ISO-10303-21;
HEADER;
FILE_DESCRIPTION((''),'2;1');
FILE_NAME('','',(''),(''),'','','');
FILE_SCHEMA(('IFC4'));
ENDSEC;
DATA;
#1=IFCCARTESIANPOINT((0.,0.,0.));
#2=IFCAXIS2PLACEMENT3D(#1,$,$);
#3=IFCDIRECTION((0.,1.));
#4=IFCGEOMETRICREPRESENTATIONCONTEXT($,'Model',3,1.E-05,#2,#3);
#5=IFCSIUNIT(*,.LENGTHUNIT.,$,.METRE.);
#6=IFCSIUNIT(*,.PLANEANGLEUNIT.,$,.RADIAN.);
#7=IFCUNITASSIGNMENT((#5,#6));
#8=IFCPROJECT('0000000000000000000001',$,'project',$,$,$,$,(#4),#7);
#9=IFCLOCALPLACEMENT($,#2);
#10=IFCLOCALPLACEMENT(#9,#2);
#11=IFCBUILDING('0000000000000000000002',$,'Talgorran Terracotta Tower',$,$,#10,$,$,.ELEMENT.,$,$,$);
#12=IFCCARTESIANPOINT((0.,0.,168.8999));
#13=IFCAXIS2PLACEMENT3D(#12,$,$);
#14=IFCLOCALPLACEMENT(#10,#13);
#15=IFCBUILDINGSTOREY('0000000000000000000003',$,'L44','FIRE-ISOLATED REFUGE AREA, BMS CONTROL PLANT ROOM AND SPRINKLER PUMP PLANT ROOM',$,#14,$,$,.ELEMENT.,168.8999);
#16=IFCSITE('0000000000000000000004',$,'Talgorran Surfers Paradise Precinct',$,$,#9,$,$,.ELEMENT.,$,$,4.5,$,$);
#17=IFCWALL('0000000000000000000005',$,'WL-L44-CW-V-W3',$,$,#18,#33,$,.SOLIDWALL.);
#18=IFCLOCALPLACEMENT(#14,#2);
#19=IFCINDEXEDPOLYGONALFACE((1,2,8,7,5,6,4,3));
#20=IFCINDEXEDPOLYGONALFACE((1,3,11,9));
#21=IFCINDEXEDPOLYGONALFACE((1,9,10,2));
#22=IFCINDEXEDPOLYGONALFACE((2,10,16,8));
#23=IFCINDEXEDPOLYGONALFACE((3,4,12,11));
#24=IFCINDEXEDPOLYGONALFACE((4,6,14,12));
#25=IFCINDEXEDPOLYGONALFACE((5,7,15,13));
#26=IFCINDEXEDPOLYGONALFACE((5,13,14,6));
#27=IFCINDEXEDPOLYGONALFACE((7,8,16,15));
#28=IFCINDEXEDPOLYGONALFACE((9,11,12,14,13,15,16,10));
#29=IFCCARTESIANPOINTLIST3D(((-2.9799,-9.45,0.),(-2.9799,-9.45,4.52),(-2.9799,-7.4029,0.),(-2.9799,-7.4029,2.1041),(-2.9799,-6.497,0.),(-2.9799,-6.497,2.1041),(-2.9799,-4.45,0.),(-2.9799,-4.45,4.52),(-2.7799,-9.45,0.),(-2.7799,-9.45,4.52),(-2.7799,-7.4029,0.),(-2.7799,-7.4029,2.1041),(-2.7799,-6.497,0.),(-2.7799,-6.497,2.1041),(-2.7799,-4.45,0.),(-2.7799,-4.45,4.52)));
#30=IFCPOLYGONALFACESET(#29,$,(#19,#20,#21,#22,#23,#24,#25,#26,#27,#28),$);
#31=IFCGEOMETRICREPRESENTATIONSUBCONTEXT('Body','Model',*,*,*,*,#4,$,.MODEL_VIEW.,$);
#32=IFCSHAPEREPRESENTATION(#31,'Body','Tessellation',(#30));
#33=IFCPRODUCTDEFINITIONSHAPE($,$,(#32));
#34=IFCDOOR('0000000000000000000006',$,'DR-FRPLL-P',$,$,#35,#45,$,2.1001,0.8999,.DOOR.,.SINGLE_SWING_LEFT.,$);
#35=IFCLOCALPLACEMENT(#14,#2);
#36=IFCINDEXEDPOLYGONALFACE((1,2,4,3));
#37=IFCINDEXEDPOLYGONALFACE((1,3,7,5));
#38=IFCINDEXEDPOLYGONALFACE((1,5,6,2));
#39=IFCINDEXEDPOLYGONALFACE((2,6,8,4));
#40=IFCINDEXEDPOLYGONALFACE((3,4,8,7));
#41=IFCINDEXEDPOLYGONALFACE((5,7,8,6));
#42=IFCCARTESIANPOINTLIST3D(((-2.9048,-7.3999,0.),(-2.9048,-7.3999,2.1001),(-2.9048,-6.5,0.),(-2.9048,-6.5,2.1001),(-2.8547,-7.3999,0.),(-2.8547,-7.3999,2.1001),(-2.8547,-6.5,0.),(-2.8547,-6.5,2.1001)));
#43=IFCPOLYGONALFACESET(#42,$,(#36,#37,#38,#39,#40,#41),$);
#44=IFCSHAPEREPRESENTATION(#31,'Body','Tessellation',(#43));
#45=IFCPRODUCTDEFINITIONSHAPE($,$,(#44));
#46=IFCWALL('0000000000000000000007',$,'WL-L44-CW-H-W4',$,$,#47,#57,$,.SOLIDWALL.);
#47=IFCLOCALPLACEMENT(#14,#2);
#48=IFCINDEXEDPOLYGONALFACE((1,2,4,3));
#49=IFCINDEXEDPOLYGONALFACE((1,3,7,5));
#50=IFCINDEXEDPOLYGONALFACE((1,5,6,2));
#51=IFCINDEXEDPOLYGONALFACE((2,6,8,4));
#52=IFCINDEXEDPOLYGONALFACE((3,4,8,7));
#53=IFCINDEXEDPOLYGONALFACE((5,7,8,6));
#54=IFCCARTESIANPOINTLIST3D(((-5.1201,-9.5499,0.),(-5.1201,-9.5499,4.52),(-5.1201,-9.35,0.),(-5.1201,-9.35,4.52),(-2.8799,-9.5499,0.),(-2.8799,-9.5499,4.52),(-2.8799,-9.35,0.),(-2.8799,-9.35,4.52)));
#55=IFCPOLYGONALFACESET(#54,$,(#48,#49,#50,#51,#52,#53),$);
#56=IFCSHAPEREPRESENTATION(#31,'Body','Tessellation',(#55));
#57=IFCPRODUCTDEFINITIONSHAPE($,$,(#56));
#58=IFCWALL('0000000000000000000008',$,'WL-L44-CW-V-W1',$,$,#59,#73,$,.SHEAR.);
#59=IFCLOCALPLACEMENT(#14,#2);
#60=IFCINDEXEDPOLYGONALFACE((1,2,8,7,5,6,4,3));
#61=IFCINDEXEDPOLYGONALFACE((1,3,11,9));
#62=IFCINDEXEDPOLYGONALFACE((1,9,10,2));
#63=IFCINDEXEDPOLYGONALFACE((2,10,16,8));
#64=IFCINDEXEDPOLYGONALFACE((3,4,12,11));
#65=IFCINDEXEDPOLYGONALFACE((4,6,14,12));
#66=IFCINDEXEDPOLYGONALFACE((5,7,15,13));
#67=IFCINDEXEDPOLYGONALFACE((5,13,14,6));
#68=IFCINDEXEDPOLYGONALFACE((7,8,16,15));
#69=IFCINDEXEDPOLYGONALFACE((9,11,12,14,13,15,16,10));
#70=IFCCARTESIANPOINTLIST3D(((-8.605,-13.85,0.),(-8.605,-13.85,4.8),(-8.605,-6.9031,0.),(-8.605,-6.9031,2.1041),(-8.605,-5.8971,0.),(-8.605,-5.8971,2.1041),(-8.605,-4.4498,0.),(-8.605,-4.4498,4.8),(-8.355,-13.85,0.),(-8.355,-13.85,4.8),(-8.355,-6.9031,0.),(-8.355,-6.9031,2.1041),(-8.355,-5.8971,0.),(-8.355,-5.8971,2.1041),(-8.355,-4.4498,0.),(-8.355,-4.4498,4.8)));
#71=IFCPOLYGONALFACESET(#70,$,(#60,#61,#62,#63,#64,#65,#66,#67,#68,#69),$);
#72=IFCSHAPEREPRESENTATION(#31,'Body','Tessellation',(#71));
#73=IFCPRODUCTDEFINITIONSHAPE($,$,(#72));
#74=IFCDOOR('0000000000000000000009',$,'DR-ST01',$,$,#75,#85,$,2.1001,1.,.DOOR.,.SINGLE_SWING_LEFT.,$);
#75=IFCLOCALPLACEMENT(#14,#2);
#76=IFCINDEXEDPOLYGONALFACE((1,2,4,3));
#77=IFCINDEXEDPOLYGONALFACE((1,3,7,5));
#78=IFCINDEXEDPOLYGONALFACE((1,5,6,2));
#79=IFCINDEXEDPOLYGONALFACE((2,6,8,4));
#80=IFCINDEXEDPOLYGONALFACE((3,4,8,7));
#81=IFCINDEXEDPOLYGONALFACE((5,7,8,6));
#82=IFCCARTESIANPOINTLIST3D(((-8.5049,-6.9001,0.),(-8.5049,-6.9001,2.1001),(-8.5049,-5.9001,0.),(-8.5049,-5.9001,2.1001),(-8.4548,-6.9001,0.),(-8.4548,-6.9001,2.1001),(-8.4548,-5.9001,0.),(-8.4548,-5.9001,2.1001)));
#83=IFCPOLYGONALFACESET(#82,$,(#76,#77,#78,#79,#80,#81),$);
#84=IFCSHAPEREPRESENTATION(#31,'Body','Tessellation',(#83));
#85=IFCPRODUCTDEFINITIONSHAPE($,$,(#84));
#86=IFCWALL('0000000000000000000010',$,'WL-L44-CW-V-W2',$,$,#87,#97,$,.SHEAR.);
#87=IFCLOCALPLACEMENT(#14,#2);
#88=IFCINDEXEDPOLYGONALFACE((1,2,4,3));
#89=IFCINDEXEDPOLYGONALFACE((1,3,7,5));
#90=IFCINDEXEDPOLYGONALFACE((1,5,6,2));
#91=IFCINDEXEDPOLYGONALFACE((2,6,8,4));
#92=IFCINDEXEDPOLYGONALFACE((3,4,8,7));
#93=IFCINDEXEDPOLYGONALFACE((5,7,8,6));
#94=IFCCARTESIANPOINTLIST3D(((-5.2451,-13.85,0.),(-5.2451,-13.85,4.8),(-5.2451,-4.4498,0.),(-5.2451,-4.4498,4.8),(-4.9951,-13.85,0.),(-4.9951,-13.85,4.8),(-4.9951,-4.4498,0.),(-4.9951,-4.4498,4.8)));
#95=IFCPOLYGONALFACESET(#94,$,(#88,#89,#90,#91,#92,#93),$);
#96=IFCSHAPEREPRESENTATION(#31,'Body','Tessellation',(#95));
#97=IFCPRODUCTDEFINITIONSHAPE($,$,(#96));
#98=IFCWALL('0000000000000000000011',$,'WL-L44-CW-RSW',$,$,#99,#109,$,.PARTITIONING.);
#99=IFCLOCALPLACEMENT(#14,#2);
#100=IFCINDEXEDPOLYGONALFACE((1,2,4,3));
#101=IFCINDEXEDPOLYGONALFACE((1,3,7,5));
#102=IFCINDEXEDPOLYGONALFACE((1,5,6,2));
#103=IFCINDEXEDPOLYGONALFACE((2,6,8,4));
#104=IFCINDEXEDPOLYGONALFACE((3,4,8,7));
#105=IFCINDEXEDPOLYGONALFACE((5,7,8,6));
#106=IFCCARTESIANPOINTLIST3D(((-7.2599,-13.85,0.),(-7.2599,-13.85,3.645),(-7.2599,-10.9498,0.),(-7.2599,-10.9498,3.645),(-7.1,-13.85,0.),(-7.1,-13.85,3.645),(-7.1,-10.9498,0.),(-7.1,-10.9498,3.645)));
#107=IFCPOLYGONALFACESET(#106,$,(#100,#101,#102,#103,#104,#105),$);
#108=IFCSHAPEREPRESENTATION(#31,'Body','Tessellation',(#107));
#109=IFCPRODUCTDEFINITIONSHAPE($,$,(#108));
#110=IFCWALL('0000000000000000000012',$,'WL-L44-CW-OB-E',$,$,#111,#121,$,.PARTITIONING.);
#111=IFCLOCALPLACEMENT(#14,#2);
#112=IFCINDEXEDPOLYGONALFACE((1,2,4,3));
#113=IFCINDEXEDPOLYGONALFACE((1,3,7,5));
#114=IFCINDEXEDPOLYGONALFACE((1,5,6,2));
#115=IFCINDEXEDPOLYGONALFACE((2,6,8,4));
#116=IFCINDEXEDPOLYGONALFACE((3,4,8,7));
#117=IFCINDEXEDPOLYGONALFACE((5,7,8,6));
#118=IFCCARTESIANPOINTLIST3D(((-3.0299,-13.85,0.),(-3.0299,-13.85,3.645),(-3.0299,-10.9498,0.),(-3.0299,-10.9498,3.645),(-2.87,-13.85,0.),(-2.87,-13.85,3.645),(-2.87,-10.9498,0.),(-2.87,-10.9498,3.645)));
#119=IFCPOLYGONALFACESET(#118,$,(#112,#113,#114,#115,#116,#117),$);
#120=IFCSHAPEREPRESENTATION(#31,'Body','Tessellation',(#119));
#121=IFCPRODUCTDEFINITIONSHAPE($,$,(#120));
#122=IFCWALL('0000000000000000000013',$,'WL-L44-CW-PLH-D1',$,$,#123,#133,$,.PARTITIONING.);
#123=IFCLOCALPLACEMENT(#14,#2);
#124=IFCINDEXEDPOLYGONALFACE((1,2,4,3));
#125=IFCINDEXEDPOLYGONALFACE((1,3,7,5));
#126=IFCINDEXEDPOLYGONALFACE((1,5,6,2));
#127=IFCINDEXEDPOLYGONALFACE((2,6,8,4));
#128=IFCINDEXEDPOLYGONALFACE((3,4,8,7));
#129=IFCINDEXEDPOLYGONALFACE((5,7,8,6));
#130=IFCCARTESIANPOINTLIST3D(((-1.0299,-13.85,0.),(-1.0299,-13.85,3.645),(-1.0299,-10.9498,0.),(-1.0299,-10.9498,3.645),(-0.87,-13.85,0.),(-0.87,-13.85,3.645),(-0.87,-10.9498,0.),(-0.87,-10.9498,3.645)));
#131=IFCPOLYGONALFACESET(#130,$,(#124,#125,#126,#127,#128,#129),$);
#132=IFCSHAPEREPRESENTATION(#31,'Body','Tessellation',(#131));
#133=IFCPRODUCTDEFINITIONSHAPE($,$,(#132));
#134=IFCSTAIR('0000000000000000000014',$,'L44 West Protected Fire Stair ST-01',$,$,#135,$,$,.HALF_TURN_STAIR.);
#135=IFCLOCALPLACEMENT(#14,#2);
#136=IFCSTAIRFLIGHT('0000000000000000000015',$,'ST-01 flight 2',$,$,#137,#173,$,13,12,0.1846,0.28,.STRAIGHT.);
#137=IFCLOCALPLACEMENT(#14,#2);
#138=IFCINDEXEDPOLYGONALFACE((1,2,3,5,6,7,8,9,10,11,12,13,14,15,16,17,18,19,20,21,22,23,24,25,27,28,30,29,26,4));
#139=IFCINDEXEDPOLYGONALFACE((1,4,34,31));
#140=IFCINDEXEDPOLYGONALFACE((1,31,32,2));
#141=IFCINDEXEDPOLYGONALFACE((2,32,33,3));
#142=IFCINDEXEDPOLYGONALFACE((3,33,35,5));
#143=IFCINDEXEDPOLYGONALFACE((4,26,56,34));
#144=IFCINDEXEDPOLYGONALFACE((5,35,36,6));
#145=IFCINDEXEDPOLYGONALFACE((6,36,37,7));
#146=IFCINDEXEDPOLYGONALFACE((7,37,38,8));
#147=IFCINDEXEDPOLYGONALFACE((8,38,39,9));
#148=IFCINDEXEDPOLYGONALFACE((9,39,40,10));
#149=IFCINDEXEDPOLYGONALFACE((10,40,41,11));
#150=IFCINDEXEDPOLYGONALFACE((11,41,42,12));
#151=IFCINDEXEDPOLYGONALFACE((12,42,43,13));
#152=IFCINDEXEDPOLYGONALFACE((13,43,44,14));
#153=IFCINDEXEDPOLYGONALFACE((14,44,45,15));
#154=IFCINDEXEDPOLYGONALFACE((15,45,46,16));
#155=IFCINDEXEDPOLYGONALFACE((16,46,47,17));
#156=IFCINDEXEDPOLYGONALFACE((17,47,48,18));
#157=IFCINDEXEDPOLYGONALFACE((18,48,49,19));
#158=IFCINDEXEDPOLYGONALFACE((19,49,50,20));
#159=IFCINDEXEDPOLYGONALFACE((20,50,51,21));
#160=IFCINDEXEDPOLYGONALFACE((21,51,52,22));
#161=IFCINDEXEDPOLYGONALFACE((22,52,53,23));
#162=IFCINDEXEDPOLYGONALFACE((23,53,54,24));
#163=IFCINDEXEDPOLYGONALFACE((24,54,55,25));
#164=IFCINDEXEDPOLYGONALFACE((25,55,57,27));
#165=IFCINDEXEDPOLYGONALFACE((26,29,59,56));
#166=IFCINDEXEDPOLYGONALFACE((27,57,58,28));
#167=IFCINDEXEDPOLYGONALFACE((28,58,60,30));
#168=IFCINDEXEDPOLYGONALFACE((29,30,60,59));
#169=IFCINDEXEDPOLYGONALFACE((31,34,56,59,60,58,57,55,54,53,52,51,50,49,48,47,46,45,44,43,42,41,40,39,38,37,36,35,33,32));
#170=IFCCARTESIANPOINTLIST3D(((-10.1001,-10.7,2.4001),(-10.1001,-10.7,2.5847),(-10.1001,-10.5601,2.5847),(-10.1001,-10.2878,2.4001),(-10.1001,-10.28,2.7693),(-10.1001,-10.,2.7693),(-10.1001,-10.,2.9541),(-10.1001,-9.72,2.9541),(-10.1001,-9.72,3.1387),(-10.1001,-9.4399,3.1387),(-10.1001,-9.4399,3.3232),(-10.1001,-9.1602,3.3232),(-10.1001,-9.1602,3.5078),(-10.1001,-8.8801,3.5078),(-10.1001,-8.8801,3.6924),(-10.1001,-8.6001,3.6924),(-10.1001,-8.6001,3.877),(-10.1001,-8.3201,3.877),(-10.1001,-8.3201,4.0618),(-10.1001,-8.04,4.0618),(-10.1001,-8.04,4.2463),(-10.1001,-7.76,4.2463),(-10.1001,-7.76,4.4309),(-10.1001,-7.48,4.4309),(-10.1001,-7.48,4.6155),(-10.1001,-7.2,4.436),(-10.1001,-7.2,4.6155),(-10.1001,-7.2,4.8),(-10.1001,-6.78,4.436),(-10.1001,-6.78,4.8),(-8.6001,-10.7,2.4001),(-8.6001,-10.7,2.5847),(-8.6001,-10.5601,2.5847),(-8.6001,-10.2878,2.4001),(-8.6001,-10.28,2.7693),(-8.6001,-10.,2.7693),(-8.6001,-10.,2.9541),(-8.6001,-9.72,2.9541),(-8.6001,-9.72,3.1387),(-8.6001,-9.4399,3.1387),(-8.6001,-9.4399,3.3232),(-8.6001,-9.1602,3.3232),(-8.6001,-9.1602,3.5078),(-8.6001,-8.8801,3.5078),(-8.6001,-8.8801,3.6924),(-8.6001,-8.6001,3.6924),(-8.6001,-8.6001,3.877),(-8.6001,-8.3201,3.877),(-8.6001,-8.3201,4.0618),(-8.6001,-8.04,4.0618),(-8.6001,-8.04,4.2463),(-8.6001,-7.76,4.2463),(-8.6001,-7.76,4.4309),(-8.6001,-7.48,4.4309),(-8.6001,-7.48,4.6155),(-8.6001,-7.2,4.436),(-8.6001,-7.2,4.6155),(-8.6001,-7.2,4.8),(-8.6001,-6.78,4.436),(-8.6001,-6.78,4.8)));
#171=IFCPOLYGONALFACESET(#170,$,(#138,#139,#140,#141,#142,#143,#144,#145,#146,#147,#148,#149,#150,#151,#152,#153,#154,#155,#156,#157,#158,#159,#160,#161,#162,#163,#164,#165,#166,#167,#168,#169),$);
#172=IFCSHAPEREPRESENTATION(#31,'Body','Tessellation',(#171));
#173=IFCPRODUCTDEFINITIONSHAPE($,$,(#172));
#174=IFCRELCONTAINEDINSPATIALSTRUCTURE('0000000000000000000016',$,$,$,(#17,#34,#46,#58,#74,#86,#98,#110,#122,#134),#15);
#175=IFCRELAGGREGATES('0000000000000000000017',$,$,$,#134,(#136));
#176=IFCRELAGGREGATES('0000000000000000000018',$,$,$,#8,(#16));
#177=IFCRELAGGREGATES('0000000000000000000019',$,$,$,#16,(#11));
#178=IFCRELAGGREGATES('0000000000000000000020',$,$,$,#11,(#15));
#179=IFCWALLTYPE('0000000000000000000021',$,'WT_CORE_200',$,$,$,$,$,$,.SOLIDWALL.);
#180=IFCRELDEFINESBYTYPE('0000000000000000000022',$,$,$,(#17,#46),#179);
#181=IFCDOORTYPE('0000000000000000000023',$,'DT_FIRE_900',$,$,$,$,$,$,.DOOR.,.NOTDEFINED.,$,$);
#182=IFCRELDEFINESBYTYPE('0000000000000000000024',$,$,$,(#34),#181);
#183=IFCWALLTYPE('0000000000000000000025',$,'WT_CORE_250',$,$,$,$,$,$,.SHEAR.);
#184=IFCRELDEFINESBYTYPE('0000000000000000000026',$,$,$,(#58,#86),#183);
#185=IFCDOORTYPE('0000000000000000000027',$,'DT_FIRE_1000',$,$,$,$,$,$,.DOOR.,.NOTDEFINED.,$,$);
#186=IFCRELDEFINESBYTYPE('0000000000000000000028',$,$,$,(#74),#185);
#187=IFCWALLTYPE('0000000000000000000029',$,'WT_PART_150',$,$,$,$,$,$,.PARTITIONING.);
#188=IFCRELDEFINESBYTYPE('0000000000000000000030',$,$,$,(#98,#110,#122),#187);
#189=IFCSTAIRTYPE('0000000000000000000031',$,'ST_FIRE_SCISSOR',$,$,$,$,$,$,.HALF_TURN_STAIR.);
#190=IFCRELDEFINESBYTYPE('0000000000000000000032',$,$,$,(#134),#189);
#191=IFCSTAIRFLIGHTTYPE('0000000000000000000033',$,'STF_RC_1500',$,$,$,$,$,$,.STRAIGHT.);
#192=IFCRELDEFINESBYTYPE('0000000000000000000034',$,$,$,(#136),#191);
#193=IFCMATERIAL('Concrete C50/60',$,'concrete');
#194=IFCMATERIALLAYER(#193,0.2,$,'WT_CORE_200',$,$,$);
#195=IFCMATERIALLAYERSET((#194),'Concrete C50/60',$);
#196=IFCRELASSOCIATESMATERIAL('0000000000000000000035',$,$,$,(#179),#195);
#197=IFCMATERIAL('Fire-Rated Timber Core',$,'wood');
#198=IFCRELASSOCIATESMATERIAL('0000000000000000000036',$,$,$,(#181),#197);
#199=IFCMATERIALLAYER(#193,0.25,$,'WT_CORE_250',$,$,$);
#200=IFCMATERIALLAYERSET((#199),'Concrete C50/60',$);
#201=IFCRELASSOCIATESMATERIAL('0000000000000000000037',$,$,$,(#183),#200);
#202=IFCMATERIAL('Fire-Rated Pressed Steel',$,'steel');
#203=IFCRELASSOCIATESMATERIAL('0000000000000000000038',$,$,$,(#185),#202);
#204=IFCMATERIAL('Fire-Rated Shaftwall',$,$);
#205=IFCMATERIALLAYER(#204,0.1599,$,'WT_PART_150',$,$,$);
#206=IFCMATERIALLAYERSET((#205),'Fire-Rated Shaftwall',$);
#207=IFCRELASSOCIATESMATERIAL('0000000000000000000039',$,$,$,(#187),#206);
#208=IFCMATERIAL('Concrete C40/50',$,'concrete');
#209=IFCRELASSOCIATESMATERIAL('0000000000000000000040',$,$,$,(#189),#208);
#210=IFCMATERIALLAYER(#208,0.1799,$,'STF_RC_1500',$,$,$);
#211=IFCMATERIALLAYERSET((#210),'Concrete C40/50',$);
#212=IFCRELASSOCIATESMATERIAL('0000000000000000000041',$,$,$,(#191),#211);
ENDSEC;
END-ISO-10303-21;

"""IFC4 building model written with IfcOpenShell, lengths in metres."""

from ifc_helpers import new_model, si_unit, direction, frame, frame_2d, origin, place, context, subcontext, project, spatial, polyline, rectangle, outline, extrude, material, layer, layer_set, type_object, element, fill, aggregate, save


model = new_model("IFC4")

# Units and contexts
model_context = context("Model", 3, precision=1e-05, world=origin(), true_north=direction((0.0, 1.0)))
body_context = subcontext(model_context, "Body", "Model", "MODEL_VIEW")
ifc_project = project(units=[si_unit("LENGTHUNIT", "METRE"), si_unit("PLANEANGLEUNIT", "RADIAN")], contexts=[model_context])

# Site, building, storey
site_placement = place(None, origin())
site = spatial("IfcSite", under=ifc_project, at=site_placement, Name="Talgorran Surfers Paradise Precinct", CompositionType="ELEMENT", RefElevation=4.5)
building_placement = place(site_placement, origin())
building = spatial("IfcBuilding", under=site, at=building_placement, Name="Talgorran Terracotta Tower", CompositionType="ELEMENT")
storey_placement = place(building_placement, frame((0.0, 0.0, 168.8999)))
storey = spatial("IfcBuildingStorey", under=building, at=storey_placement, Name="L44", Description="FIRE-ISOLATED REFUGE AREA, BMS CONTROL PLANT ROOM AND SPRINKLER PUMP PLANT ROOM", CompositionType="ELEMENT", Elevation=168.8999)

# Shared definitions
ifc_material_1 = material(Name="Concrete C50/60", Category="concrete")

# Shared definitions
ifc_layer_1 = layer(ifc_material_1, 0.2, Name="WT_CORE_200")
ifc_layer_set_1 = layer_set([ifc_layer_1], Name="Concrete C50/60")
wall_type_1 = type_object("IfcWallType", Name="WT_CORE_200", PredefinedType="SOLIDWALL", material=ifc_layer_set_1)
ifc_material_2 = material(Name="Fire-Rated Pressed Steel", Category="steel")

# Wall, opening, door
wall_1_placement = place(storey_placement, frame((-2.8799, -9.45, 0.0), z_axis=(0.0, 0.0, 1.0), x_axis=(0.0, 1.0, 0.0)))
wall_1 = element("IfcWall", 1, at=wall_1_placement, inside=storey, type_object=wall_type_1, Name="WL-L44-CW-V-W3", PredefinedType="SOLIDWALL", context=body_context, shape_type="SweptSolid", body=[
    extrude(rectangle(XDim=5.0, YDim=0.2, at=frame_2d((2.5, 0.0))), origin(), (0.0, 0.0, 1.0), 4.52),
])
opening_1_placement = place(wall_1_placement, frame((2.05, 0.0, 0.0)))
opening_1 = element("IfcOpeningElement", 2, at=opening_1_placement, cuts=wall_1, PredefinedType="OPENING", context=body_context, shape_type="SweptSolid", body=[
    extrude(rectangle(XDim=0.9059, YDim=2.1041, at=frame_2d((0.45, 1.052))), frame((0.0, 0.1099, 0.0), z_axis=(0.0, -1.0, 0.0), x_axis=(1.0, 0.0, 0.0)), (0.0, 0.0, 1.0), 0.22),
])
ifc_material_3 = material(Name="Fire-Rated Timber Core", Category="wood")
door_type_1 = type_object("IfcDoorType", Name="DT_FIRE_900", OperationType="NOTDEFINED", PredefinedType="DOOR", material=ifc_material_3)
door_1_placement = place(opening_1_placement, origin())
door_1 = element("IfcDoor", 3, at=door_1_placement, inside=storey, type_object=door_type_1, Name="DR-FRPLL-P", OperationType="SINGLE_SWING_LEFT", OverallHeight=2.1001, OverallWidth=0.8999, PredefinedType="DOOR", context=body_context, shape_type="SweptSolid", body=[
    extrude(rectangle(XDim=0.8999, YDim=2.1001, at=frame_2d((0.45, 1.05))), frame((0.0, 0.0249, 0.0), z_axis=(0.0, -1.0, 0.0), x_axis=(1.0, 0.0, 0.0)), (0.0, 0.0, 1.0), 0.05),
])
fill(opening_1, door_1)

# Wall
wall_2_placement = place(storey_placement, frame((-5.1201, -9.45, 0.0), z_axis=(0.0, 0.0, 1.0), x_axis=(1.0, 0.0, 0.0)))
element("IfcWall", 4, at=wall_2_placement, inside=storey, type_object=wall_type_1, Name="WL-L44-CW-H-W4", PredefinedType="SOLIDWALL", context=body_context, shape_type="SweptSolid", body=[
    extrude(rectangle(XDim=2.2402, YDim=0.2, at=frame_2d((1.1201, 0.0))), origin(), (0.0, 0.0, 1.0), 4.52),
])

# Wall, opening, door
ifc_layer_2 = layer(ifc_material_1, 0.25, Name="WT_CORE_250")
ifc_layer_set_2 = layer_set([ifc_layer_2], Name="Concrete C50/60")
wall_type_2 = type_object("IfcWallType", Name="WT_CORE_250", PredefinedType="SHEAR", material=ifc_layer_set_2)
wall_3_placement = place(storey_placement, frame((-8.48, -13.8501, 0.0), z_axis=(0.0, 0.0, 1.0), x_axis=(0.0, 1.0, 0.0)))
wall_3 = element("IfcWall", 5, at=wall_3_placement, inside=storey, type_object=wall_type_2, Name="WL-L44-CW-V-W1", PredefinedType="SHEAR", context=body_context, shape_type="SweptSolid", body=[
    extrude(rectangle(XDim=9.4001, YDim=0.25, at=frame_2d((4.7002, 0.0))), origin(), (0.0, 0.0, 1.0), 4.8),
])
opening_2_placement = place(wall_3_placement, frame((6.95, 0.0, 0.0)))
opening_2 = element("IfcOpeningElement", 6, at=opening_2_placement, cuts=wall_3, PredefinedType="OPENING", context=body_context, shape_type="SweptSolid", body=[
    extrude(rectangle(XDim=1.006, YDim=2.1041, at=frame_2d((0.5, 1.052))), frame((0.0, 0.135, 0.0), z_axis=(0.0, -1.0, 0.0), x_axis=(1.0, 0.0, 0.0)), (0.0, 0.0, 1.0), 0.27),
])
door_type_2 = type_object("IfcDoorType", Name="DT_FIRE_1000", OperationType="NOTDEFINED", PredefinedType="DOOR", material=ifc_material_2)
door_2_placement = place(opening_2_placement, origin())
door_2 = element("IfcDoor", 7, at=door_2_placement, inside=storey, type_object=door_type_2, Name="DR-ST01", OperationType="SINGLE_SWING_LEFT", OverallHeight=2.1001, OverallWidth=1.0, PredefinedType="DOOR", context=body_context, shape_type="SweptSolid", body=[
    extrude(rectangle(XDim=1.0, YDim=2.1001, at=frame_2d((0.5, 1.05))), frame((0.0, 0.0249, 0.0), z_axis=(0.0, -1.0, 0.0), x_axis=(1.0, 0.0, 0.0)), (0.0, 0.0, 1.0), 0.05),
])
fill(opening_2, door_2)

# Walls
wall_4_placement = place(storey_placement, frame((-5.1201, -13.8501, 0.0), z_axis=(0.0, 0.0, 1.0), x_axis=(0.0, 1.0, 0.0)))
element("IfcWall", 8, at=wall_4_placement, inside=storey, type_object=wall_type_2, Name="WL-L44-CW-V-W2", PredefinedType="SHEAR", context=body_context, shape_type="SweptSolid", body=[
    extrude(rectangle(XDim=9.4001, YDim=0.25, at=frame_2d((4.7002, 0.0))), origin(), (0.0, 0.0, 1.0), 4.8),
])
ifc_material_4 = material(Name="Fire-Rated Shaftwall")
ifc_layer_3 = layer(ifc_material_4, 0.1599, Name="WT_PART_150")
ifc_layer_set_3 = layer_set([ifc_layer_3], Name="Fire-Rated Shaftwall")
wall_type_3 = type_object("IfcWallType", Name="WT_PART_150", PredefinedType="PARTITIONING", material=ifc_layer_set_3)
for number, where, z_axis, x_axis, name in (
    (9, (-7.1799, -13.8501, 0.0), (0.0, 0.0, 1.0), (0.0, 1.0, 0.0), "WL-L44-CW-RSW"),
    (10, (-2.95, -13.8501, 0.0), (0.0, 0.0, 1.0), (0.0, 1.0, 0.0), "WL-L44-CW-OB-E"),
    (11, (-0.95, -13.8501, 0.0), (0.0, 0.0, 1.0), (0.0, 1.0, 0.0), "WL-L44-CW-PLH-D1"),
):
    element("IfcWall", number, at=place(storey_placement, frame(where, z_axis=z_axis, x_axis=x_axis)), inside=storey, type_object=wall_type_3, Name=name, PredefinedType="PARTITIONING", context=body_context, shape_type="SweptSolid", body=[
        extrude(rectangle(XDim=2.9001, YDim=0.1599, at=frame_2d((1.4502, 0.0))), origin(), (0.0, 0.0, 1.0), 3.645),
    ])

# Stair, stair flight
ifc_material_5 = material(Name="Concrete C40/50", Category="concrete")
stair_type = type_object("IfcStairType", Name="ST_FIRE_SCISSOR", PredefinedType="HALF_TURN_STAIR", material=ifc_material_5)
stair_placement = place(storey_placement, origin())
stair = element("IfcStair", 12, at=stair_placement, inside=storey, type_object=stair_type, Name="L44 West Protected Fire Stair ST-01", PredefinedType="HALF_TURN_STAIR")
ifc_layer_4 = layer(ifc_material_5, 0.1799, Name="STF_RC_1500")
ifc_layer_set_4 = layer_set([ifc_layer_4], Name="Concrete C40/50")
stair_flight_type = type_object("IfcStairFlightType", Name="STF_RC_1500", PredefinedType="STRAIGHT", material=ifc_layer_set_4)
stair_flight_placement = place(storey_placement, frame((-9.3501, -10.5601, 2.4001), z_axis=(0.0, 0.0, 1.0), x_axis=(0.0, 1.0, 0.0)))
stair_flight = element("IfcStairFlight", 13, at=stair_flight_placement, type_object=stair_flight_type, Name="ST-01 flight 2", NumberOfRisers=13, NumberOfTreads=12, PredefinedType="STRAIGHT", RiserHeight=0.1846, TreadLength=0.28, context=body_context, shape_type="SweptSolid", body=[
    extrude(outline(polyline([(-0.1399, 0.0), (-0.1399, 0.1846), (0.0, 0.1846), (0.28, 0.3691), (0.5601, 0.3691), (0.5601, 0.554), (0.8401, 0.554), (0.8401, 0.7385), (1.1201, 0.7385), (1.1201, 0.9231), (1.3999, 0.9231), (1.3999, 1.1077), (1.6799, 1.1077), (1.6799, 1.2922), (1.96, 1.2922), (1.96, 1.4768), (2.24, 1.4768), (2.24, 1.6616), (2.52, 1.6616), (2.52, 1.8462), (2.8, 1.8462), (2.8, 2.0308), (3.0801, 2.0308), (3.0801, 2.2153), (3.3601, 2.2153), (3.3601, 2.3999), (3.78, 2.3999), (3.78, 2.0359), (3.3601, 2.0359), (0.2722, 0.0), (-0.1399, 0.0)])), frame((0.0, 0.75, 0.0), z_axis=(0.0, -1.0, 0.0), x_axis=(1.0, 0.0, 0.0)), (0.0, 0.0, 1.0), 1.5),
])
aggregate(stair, [stair_flight])

save(model, "model.ifc")
